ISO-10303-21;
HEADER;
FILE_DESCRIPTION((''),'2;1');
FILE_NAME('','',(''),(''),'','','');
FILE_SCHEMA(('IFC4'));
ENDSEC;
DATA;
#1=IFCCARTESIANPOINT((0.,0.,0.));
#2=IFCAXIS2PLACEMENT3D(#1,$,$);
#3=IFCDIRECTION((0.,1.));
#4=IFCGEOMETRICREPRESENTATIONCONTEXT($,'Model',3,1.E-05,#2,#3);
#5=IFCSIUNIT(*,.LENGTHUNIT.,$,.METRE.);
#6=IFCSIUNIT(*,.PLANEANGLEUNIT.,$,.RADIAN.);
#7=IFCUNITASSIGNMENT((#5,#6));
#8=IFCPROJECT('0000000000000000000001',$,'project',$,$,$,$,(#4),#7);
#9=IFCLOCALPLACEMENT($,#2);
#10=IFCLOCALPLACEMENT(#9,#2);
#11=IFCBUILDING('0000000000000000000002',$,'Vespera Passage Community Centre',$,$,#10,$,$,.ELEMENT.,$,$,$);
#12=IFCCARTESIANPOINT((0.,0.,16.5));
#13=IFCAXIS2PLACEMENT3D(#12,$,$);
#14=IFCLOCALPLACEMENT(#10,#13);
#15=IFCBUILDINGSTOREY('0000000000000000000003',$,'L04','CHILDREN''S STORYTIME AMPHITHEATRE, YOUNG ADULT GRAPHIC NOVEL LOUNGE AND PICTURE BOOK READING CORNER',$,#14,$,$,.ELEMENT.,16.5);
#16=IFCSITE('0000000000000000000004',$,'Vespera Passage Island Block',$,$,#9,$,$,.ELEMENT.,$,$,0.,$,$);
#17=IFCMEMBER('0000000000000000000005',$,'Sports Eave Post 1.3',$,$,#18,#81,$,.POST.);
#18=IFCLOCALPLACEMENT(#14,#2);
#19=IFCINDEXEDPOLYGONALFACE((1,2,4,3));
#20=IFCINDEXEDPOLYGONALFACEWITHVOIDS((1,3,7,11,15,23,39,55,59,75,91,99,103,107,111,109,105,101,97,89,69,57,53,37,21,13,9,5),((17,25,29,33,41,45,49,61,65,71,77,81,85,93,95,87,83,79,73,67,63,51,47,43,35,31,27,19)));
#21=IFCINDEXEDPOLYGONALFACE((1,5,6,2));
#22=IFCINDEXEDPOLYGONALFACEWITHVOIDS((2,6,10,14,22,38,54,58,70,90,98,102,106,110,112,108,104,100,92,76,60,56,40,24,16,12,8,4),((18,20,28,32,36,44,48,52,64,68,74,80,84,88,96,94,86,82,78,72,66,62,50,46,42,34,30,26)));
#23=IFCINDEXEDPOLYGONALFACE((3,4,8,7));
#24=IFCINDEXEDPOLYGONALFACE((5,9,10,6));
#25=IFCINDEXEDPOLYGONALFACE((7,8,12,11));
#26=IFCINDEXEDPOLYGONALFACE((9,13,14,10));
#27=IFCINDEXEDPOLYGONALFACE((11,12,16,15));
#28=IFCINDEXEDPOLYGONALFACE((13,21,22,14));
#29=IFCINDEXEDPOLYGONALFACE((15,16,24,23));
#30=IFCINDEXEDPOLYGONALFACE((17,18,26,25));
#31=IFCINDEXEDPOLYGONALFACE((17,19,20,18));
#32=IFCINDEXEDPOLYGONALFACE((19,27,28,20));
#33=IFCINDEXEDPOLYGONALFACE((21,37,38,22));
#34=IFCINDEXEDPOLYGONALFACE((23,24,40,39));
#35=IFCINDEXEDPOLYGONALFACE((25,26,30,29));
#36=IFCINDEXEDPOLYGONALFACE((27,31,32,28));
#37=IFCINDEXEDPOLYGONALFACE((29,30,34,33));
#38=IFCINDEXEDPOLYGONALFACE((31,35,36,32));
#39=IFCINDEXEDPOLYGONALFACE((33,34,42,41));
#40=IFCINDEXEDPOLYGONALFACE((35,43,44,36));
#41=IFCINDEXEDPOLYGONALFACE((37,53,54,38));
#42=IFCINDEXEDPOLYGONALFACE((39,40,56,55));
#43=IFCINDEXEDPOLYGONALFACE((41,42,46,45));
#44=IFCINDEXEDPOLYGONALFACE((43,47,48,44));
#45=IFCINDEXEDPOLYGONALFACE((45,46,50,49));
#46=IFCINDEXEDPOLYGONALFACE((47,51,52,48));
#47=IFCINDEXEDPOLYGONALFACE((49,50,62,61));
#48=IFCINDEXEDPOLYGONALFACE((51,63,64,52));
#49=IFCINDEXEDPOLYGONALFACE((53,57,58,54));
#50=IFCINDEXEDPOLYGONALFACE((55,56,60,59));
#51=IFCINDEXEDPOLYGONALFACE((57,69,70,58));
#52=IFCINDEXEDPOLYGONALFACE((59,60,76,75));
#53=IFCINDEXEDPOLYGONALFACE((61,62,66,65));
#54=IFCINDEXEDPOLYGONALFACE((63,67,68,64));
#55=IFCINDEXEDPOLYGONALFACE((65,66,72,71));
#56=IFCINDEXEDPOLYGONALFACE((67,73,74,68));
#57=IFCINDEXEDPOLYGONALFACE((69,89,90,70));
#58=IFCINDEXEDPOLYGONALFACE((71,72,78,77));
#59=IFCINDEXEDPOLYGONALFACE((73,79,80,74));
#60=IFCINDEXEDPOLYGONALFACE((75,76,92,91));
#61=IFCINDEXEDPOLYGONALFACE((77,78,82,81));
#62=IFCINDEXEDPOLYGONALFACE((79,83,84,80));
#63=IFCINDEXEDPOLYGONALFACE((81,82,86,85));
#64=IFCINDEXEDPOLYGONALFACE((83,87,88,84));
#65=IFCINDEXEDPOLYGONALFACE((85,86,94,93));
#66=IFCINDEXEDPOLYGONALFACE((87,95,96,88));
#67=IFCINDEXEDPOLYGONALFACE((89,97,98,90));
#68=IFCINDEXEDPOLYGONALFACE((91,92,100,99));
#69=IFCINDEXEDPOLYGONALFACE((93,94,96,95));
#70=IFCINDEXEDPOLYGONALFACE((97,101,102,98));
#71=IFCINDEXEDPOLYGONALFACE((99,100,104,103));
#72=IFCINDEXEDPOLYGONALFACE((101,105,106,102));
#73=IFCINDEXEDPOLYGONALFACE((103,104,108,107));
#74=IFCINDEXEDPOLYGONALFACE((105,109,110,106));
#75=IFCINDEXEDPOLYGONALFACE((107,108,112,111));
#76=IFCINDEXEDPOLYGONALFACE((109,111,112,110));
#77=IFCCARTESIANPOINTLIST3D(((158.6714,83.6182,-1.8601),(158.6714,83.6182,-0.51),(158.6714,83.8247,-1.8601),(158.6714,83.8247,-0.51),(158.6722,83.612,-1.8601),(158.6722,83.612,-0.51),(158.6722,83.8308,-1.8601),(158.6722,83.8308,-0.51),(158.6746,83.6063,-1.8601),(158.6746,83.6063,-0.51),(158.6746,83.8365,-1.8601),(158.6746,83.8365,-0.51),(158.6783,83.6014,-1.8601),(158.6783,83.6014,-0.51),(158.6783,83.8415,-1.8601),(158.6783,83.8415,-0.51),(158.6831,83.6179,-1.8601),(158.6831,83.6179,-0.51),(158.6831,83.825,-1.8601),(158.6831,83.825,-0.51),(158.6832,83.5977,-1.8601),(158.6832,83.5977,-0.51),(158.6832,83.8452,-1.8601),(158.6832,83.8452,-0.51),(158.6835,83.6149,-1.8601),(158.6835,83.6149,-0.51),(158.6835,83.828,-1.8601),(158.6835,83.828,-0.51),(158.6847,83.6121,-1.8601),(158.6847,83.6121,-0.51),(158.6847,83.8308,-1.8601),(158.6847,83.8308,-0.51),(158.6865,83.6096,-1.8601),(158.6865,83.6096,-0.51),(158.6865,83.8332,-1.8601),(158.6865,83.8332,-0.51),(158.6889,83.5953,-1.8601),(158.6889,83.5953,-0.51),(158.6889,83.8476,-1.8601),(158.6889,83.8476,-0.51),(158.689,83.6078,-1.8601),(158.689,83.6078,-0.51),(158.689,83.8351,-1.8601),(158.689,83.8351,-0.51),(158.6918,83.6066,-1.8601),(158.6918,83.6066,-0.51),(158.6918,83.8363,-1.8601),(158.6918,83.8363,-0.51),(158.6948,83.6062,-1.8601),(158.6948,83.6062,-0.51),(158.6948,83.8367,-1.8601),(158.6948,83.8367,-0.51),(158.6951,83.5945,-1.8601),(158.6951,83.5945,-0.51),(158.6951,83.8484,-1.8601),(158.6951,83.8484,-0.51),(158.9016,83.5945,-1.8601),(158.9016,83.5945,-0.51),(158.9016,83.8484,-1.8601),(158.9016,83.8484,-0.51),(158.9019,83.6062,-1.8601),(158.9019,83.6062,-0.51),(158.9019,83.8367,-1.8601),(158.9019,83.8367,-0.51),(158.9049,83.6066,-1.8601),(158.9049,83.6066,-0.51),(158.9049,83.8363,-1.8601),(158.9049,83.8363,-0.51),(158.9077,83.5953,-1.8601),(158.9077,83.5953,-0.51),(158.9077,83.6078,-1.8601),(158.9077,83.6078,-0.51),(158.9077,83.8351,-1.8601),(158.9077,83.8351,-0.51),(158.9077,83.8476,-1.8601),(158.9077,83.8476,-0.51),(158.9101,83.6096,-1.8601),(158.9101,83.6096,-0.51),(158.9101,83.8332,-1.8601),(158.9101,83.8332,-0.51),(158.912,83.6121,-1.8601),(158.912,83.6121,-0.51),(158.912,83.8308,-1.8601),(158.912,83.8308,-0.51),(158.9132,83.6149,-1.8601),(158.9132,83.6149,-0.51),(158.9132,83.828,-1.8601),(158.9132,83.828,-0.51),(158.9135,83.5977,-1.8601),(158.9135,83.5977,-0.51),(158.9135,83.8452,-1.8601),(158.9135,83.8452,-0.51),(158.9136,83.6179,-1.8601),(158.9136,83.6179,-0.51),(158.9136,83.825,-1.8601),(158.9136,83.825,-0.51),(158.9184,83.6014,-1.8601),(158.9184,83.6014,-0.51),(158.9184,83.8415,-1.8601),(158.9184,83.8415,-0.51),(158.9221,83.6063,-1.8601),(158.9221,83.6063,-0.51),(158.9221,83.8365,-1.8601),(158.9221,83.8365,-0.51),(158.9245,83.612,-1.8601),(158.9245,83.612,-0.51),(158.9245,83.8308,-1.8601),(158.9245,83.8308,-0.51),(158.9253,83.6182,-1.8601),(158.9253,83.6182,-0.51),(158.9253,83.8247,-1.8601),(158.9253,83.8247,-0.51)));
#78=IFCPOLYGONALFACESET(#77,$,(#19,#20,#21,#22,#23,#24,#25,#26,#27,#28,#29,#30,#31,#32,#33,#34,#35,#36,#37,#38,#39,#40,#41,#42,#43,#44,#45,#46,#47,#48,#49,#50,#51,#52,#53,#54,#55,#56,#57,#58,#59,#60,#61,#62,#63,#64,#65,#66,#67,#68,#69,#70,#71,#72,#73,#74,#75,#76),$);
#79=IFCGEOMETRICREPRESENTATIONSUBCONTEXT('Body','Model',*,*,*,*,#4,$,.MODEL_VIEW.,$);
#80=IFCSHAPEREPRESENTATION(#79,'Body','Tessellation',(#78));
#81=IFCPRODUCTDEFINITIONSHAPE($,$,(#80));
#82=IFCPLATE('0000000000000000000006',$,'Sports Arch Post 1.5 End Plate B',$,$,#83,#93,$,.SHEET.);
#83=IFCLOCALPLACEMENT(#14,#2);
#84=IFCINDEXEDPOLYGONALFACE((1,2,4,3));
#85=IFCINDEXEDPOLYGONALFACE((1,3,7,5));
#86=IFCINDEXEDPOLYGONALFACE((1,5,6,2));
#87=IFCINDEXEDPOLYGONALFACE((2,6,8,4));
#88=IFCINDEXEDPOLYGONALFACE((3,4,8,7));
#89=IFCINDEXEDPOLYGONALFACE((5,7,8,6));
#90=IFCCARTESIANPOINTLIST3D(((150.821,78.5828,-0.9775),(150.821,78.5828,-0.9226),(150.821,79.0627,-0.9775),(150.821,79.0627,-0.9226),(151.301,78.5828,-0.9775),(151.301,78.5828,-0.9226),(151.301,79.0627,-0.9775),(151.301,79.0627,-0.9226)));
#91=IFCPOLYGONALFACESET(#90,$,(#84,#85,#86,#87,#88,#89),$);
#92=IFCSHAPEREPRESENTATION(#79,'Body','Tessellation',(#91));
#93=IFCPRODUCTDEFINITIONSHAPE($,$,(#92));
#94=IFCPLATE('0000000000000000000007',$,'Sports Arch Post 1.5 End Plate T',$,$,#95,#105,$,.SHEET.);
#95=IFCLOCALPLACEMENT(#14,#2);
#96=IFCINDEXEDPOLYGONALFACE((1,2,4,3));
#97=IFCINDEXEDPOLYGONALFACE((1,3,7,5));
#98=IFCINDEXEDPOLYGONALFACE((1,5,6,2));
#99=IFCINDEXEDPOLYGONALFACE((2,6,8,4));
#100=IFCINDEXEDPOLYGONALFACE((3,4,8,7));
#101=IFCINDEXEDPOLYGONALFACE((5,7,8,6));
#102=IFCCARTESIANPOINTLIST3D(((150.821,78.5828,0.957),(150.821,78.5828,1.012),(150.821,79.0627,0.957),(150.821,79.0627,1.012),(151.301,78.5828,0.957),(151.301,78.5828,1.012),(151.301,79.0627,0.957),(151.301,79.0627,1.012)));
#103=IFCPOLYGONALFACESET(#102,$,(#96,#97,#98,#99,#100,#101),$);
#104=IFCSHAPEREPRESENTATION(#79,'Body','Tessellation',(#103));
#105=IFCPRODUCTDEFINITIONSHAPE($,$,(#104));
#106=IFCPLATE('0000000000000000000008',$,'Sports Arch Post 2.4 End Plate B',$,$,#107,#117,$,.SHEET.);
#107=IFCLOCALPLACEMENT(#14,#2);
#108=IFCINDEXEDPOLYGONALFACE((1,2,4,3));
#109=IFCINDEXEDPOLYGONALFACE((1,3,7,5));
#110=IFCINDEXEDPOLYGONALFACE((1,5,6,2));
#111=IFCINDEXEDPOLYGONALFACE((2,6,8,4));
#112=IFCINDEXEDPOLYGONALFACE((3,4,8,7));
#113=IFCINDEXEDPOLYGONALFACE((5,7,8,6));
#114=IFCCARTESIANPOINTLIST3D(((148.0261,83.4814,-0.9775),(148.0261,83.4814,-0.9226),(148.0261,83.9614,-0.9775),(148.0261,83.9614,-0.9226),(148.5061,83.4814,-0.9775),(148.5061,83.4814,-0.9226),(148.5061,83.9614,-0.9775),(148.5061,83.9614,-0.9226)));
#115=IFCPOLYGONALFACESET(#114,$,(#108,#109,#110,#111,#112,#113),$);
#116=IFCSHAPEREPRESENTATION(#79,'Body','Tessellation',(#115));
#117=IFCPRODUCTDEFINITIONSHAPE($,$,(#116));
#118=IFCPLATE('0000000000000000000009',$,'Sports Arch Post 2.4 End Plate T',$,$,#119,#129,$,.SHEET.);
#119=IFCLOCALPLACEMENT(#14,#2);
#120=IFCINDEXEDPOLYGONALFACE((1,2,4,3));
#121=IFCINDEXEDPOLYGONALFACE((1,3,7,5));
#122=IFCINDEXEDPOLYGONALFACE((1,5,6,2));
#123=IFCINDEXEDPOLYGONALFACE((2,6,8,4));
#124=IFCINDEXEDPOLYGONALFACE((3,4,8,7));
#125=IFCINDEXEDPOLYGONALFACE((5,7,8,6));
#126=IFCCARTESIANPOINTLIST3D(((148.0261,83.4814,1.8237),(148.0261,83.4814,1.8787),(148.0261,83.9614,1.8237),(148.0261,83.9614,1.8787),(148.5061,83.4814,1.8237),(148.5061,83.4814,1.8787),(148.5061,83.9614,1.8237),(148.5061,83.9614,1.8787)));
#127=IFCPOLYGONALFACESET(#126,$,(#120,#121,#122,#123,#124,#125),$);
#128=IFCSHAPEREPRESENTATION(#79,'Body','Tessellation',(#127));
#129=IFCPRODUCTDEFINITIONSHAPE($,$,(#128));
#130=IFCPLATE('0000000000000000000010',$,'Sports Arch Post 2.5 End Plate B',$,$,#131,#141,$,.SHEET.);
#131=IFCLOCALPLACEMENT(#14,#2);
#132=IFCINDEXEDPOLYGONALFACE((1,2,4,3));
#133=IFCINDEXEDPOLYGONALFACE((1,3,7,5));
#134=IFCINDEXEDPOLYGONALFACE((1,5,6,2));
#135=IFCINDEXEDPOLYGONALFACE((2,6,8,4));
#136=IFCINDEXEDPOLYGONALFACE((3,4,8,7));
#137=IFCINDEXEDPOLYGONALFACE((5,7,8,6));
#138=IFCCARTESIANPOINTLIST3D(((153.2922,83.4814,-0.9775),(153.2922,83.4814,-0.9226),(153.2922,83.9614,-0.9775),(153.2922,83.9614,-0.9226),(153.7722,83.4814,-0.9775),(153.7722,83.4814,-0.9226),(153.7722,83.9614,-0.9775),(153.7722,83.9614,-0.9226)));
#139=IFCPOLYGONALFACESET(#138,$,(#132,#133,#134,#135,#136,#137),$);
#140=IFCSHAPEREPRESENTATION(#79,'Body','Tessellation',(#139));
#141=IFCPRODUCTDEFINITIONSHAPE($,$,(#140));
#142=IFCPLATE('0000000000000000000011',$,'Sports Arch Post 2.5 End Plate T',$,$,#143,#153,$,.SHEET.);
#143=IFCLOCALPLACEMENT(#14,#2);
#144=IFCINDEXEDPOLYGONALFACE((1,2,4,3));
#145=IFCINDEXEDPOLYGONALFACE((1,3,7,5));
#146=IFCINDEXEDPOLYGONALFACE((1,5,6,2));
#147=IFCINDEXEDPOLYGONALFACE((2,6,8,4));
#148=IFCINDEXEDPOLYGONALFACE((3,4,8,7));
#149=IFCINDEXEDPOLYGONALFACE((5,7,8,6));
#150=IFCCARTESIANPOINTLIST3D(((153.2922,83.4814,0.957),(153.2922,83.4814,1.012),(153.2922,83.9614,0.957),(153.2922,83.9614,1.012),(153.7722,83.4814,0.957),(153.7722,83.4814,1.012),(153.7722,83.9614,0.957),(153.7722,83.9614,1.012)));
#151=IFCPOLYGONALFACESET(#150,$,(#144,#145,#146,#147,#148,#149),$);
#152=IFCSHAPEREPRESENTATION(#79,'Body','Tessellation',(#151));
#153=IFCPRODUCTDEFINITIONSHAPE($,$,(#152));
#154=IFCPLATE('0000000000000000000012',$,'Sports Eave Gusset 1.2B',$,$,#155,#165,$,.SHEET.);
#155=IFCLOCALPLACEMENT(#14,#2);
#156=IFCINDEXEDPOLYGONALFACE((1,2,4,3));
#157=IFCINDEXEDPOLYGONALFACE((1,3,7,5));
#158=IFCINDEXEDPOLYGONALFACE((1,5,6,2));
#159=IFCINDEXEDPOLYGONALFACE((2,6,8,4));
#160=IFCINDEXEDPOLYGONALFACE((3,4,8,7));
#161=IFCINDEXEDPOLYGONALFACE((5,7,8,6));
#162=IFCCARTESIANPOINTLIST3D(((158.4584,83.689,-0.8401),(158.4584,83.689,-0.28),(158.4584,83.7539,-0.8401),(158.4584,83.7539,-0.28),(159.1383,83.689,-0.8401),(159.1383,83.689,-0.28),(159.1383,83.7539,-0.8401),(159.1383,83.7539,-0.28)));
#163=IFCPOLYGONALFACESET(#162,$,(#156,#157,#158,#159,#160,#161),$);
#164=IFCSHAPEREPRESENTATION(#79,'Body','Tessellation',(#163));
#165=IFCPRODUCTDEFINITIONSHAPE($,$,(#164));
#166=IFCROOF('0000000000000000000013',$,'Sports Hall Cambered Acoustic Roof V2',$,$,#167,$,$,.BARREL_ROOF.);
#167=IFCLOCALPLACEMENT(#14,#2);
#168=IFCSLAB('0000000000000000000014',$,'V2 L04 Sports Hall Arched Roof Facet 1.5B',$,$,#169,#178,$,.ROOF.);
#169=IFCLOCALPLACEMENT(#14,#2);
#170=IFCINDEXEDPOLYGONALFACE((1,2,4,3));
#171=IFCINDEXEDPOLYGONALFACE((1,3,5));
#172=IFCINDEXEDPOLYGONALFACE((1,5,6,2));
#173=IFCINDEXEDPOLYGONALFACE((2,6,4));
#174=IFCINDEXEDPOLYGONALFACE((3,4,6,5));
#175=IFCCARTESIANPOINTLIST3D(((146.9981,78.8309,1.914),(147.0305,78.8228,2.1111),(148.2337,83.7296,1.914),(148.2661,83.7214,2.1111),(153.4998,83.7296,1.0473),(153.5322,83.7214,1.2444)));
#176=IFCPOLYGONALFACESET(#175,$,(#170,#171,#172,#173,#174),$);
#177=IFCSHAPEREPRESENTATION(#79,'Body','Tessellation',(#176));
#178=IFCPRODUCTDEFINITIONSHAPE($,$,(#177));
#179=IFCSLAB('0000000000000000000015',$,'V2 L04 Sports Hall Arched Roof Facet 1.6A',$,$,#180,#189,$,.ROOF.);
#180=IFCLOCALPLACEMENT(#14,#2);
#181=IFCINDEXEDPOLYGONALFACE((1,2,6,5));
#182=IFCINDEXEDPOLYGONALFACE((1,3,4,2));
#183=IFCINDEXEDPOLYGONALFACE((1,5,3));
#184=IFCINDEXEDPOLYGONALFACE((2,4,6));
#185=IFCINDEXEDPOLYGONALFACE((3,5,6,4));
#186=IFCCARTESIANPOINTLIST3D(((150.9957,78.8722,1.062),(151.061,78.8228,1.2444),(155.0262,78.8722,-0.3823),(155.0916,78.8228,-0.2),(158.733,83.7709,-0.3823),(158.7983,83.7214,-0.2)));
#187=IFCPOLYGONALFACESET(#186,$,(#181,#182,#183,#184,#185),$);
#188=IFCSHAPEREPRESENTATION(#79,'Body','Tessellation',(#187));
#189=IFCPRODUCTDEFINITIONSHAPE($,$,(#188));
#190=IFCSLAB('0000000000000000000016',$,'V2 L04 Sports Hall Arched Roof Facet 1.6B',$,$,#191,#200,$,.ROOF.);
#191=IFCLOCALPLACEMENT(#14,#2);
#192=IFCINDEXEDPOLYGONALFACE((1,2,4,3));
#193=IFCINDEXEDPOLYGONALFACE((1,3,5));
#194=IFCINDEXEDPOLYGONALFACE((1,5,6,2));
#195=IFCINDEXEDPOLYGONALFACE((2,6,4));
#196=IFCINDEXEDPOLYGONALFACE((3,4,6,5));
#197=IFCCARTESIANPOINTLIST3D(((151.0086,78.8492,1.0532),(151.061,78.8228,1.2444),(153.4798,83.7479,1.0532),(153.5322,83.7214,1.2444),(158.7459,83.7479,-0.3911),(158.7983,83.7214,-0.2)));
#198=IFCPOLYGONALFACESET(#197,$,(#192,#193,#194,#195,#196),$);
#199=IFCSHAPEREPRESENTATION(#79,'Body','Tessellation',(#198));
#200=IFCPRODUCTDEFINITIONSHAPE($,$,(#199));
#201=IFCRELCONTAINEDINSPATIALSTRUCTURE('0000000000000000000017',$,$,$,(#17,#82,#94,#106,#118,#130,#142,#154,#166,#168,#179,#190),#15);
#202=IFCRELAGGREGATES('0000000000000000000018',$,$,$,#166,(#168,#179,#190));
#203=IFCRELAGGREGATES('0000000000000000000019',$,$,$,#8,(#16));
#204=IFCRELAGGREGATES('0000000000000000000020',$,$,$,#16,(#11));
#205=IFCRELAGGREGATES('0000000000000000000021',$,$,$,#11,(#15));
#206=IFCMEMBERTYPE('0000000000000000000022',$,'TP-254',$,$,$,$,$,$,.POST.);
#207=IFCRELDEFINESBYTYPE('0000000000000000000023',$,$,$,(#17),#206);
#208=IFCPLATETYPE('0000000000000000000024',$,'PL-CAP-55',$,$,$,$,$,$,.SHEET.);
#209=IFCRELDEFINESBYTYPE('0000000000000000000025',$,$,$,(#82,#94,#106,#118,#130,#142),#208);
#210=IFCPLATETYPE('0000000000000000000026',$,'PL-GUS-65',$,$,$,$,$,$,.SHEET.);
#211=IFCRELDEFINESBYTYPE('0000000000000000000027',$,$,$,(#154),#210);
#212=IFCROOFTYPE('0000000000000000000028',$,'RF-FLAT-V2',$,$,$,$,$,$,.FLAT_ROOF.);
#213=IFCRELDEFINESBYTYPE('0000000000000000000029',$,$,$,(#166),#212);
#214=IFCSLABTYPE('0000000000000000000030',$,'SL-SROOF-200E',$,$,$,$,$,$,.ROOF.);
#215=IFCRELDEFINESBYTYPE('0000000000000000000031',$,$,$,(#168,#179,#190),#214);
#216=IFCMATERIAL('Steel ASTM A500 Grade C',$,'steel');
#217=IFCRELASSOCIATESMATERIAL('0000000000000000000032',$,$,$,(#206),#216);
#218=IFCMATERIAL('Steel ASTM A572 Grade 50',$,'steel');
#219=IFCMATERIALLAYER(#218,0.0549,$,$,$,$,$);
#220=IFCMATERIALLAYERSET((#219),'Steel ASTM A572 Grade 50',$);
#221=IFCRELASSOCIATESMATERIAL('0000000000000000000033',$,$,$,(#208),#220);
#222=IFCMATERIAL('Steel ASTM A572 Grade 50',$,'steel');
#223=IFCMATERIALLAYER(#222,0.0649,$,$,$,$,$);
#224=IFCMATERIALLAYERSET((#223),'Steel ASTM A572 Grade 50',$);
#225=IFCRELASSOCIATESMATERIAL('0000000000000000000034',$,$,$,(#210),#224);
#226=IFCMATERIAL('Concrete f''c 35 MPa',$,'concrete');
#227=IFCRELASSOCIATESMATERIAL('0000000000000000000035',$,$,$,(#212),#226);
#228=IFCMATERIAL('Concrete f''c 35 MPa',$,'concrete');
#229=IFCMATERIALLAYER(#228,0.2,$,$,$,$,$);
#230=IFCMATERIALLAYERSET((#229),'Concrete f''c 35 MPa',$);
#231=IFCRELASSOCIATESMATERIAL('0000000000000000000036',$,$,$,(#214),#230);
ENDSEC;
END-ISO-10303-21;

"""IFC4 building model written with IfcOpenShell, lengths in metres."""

from ifc_helpers import new_model, si_unit, direction, frame, origin, origin_2d, place, context, subcontext, project, spatial, polyline, rectangle, hollow_rectangle, outline, extrude, material, layer, layer_set, material_profile, profile_set, type_object, element, aggregate, save


model = new_model("IFC4")

# Units and contexts
model_context = context("Model", 3, precision=1e-05, world=origin(), true_north=direction((0.0, 1.0)))
body_context = subcontext(model_context, "Body", "Model", "MODEL_VIEW")
ifc_project = project(units=[si_unit("LENGTHUNIT", "METRE"), si_unit("PLANEANGLEUNIT", "RADIAN")], contexts=[model_context])

# Site, building, storey
site_placement = place(None, origin())
site = spatial("IfcSite", under=ifc_project, at=site_placement, Name="Vespera Passage Island Block", CompositionType="ELEMENT", RefElevation=0.0)
building_placement = place(site_placement, origin())
building = spatial("IfcBuilding", under=site, at=building_placement, Name="Vespera Passage Community Centre", CompositionType="ELEMENT")
storey_placement = place(building_placement, frame((0.0, 0.0, 16.5)))
storey = spatial("IfcBuildingStorey", under=building, at=storey_placement, Name="L04", Description="CHILDREN'S STORYTIME AMPHITHEATRE, YOUNG ADULT GRAPHIC NOVEL LOUNGE AND PICTURE BOOK READING CORNER", CompositionType="ELEMENT", Elevation=16.5)

# Member
ifc_material_1 = material(Name="Steel ASTM A500 Grade C", Category="steel")
ifc_material_profile_1 = material_profile(ifc_material_1, hollow_rectangle(XDim=0.2539, YDim=0.2539, WallThickness=0.0117, InnerFilletRadius=0.0117, OuterFilletRadius=0.0237, at=origin_2d()), Name="HSS254X254X12.7")
ifc_profile_set_1 = profile_set([ifc_material_profile_1], Name="Steel ASTM A500 Grade C")
member_type_1 = type_object("IfcMemberType", Name="TP-254", PredefinedType="POST", material=ifc_profile_set_1)
member_1_placement = place(storey_placement, frame((158.7983, 83.7214, -1.8601), z_axis=(0.0, 0.0, 1.0), x_axis=(1.0, 0.0, 0.0)))
element("IfcMember", 1, at=member_1_placement, inside=storey, type_object=member_type_1, Name="Sports Eave Post 1.3", PredefinedType="POST", context=body_context, shape_type="SweptSolid", body=[
    extrude(hollow_rectangle(XDim=0.2539, YDim=0.2539, WallThickness=0.0117, InnerFilletRadius=0.0117, OuterFilletRadius=0.0237, at=origin_2d()), origin(), (0.0, 0.0, 1.0), 1.3501),
])

# Plates
ifc_material_2 = material(Name="Steel ASTM A572 Grade 50", Category="steel")
ifc_layer_1 = layer(ifc_material_2, 0.0549)
ifc_layer_set_1 = layer_set([ifc_layer_1], Name="Steel ASTM A572 Grade 50")
plate_type_1 = type_object("IfcPlateType", Name="PL-CAP-55", PredefinedType="SHEET", material=ifc_layer_set_1)
for number, where, z_axis, x_axis, name in (
    (2, (151.061, 78.8228, -0.9775), (0.0, 0.0, 1.0), (1.0, 0.0, 0.0), "Sports Arch Post 1.5 End Plate B"),
    (3, (151.061, 78.8228, 0.957), (0.0, 0.0, 1.0), (1.0, 0.0, 0.0), "Sports Arch Post 1.5 End Plate T"),
    (4, (148.2661, 83.7214, -0.9775), (0.0, 0.0, 1.0), (1.0, 0.0, 0.0), "Sports Arch Post 2.4 End Plate B"),
    (5, (148.2661, 83.7214, 1.8237), (0.0, 0.0, 1.0), (1.0, 0.0, 0.0), "Sports Arch Post 2.4 End Plate T"),
    (6, (153.5322, 83.7214, -0.9775), (0.0, 0.0, 1.0), (1.0, 0.0, 0.0), "Sports Arch Post 2.5 End Plate B"),
    (7, (153.5322, 83.7214, 0.957), (0.0, 0.0, 1.0), (1.0, 0.0, 0.0), "Sports Arch Post 2.5 End Plate T"),
):
    element("IfcPlate", number, at=place(storey_placement, frame(where, z_axis=z_axis, x_axis=x_axis)), inside=storey, type_object=plate_type_1, Name=name, PredefinedType="SHEET", context=body_context, shape_type="SweptSolid", body=[
        extrude(rectangle(XDim=0.48, YDim=0.48, at=origin_2d()), origin(), (0.0, 0.0, 1.0), 0.0549),
    ])
ifc_material_3 = material(Name="Steel ASTM A572 Grade 50", Category="steel")
ifc_layer_2 = layer(ifc_material_3, 0.0649)
ifc_layer_set_2 = layer_set([ifc_layer_2], Name="Steel ASTM A572 Grade 50")
plate_type_2 = type_object("IfcPlateType", Name="PL-GUS-65", PredefinedType="SHEET", material=ifc_layer_set_2)
plate_placement = place(storey_placement, frame((158.7983, 83.7214, -0.8401), z_axis=(0.0, 0.0, 1.0), x_axis=(1.0, 0.0, 0.0)))
element("IfcPlate", 8, at=plate_placement, inside=storey, type_object=plate_type_2, Name="Sports Eave Gusset 1.2B", PredefinedType="SHEET", context=body_context, shape_type="SweptSolid", body=[
    extrude(rectangle(XDim=0.6799, YDim=0.0649, at=origin_2d()), origin(), (0.0, 0.0, 1.0), 0.5601),
])

# Roof, slabs
ifc_material_4 = material(Name="Concrete f'c 35 MPa", Category="concrete")
roof_type = type_object("IfcRoofType", Name="RF-FLAT-V2", PredefinedType="FLAT_ROOF", material=ifc_material_4)
roof_placement = place(storey_placement, origin())
roof = element("IfcRoof", 9, at=roof_placement, inside=storey, type_object=roof_type, Name="Sports Hall Cambered Acoustic Roof V2", PredefinedType="BARREL_ROOF")
ifc_material_5 = material(Name="Concrete f'c 35 MPa", Category="concrete")
ifc_layer_3 = layer(ifc_material_5, 0.2)
ifc_layer_set_3 = layer_set([ifc_layer_3], Name="Concrete f'c 35 MPa")
slab_type = type_object("IfcSlabType", Name="SL-SROOF-200E", PredefinedType="ROOF", material=ifc_layer_set_3)
slab_1_placement = place(storey_placement, frame((147.0305, 78.8228, 2.1111), z_axis=(0.16226, -0.040927, 0.985899), x_axis=(0.794189, 0.598378, -0.105868)))
slab_1 = element("IfcSlab", 10, at=slab_1_placement, inside=storey, type_object=slab_type, Name="V2 L04 Sports Hall Arched Roof Facet 1.5B", PredefinedType="ROOF", context=body_context, shape_type="SweptSolid", body=[
    extrude(outline(polyline([(0.0, 0.0), (8.1866, 0.0), (3.9126, 3.1962), (0.0, 0.0)])), origin(), (0.0, 0.0, -1.0), 0.2),
])
slab_2_placement = place(storey_placement, frame((151.061, 78.8228, 1.2444), z_axis=(0.326863, -0.247334, 0.912133), x_axis=(0.941381, 0.0, -0.337344)))
slab_2 = element("IfcSlab", 11, at=slab_2_placement, inside=storey, type_object=slab_type, Name="V2 L04 Sports Hall Arched Roof Facet 1.6A", PredefinedType="ROOF", context=body_context, shape_type="SweptSolid", body=[
    extrude(outline(polyline([(0.0, 0.0), (4.2815, 0.0), (7.771, 5.0558), (0.0, 0.0)])), origin(), (0.0, 0.0, -1.0), 0.2),
])
slab_3_placement = place(storey_placement, frame((151.061, 78.8228, 1.2444), z_axis=(0.262178, -0.132259, 0.955913), x_axis=(0.834582, 0.528395, -0.155793)))
slab_3 = element("IfcSlab", 12, at=slab_3_placement, inside=storey, type_object=slab_type, Name="V2 L04 Sports Hall Arched Roof Facet 1.6B", PredefinedType="ROOF", context=body_context, shape_type="SweptSolid", body=[
    extrude(outline(polyline([(0.0, 0.0), (9.2709, 0.0), (4.6509, 2.9109), (0.0, 0.0)])), origin(), (0.0, 0.0, -1.0), 0.2),
])
aggregate(roof, [slab_1, slab_2, slab_3])

save(model, "model.ifc")
